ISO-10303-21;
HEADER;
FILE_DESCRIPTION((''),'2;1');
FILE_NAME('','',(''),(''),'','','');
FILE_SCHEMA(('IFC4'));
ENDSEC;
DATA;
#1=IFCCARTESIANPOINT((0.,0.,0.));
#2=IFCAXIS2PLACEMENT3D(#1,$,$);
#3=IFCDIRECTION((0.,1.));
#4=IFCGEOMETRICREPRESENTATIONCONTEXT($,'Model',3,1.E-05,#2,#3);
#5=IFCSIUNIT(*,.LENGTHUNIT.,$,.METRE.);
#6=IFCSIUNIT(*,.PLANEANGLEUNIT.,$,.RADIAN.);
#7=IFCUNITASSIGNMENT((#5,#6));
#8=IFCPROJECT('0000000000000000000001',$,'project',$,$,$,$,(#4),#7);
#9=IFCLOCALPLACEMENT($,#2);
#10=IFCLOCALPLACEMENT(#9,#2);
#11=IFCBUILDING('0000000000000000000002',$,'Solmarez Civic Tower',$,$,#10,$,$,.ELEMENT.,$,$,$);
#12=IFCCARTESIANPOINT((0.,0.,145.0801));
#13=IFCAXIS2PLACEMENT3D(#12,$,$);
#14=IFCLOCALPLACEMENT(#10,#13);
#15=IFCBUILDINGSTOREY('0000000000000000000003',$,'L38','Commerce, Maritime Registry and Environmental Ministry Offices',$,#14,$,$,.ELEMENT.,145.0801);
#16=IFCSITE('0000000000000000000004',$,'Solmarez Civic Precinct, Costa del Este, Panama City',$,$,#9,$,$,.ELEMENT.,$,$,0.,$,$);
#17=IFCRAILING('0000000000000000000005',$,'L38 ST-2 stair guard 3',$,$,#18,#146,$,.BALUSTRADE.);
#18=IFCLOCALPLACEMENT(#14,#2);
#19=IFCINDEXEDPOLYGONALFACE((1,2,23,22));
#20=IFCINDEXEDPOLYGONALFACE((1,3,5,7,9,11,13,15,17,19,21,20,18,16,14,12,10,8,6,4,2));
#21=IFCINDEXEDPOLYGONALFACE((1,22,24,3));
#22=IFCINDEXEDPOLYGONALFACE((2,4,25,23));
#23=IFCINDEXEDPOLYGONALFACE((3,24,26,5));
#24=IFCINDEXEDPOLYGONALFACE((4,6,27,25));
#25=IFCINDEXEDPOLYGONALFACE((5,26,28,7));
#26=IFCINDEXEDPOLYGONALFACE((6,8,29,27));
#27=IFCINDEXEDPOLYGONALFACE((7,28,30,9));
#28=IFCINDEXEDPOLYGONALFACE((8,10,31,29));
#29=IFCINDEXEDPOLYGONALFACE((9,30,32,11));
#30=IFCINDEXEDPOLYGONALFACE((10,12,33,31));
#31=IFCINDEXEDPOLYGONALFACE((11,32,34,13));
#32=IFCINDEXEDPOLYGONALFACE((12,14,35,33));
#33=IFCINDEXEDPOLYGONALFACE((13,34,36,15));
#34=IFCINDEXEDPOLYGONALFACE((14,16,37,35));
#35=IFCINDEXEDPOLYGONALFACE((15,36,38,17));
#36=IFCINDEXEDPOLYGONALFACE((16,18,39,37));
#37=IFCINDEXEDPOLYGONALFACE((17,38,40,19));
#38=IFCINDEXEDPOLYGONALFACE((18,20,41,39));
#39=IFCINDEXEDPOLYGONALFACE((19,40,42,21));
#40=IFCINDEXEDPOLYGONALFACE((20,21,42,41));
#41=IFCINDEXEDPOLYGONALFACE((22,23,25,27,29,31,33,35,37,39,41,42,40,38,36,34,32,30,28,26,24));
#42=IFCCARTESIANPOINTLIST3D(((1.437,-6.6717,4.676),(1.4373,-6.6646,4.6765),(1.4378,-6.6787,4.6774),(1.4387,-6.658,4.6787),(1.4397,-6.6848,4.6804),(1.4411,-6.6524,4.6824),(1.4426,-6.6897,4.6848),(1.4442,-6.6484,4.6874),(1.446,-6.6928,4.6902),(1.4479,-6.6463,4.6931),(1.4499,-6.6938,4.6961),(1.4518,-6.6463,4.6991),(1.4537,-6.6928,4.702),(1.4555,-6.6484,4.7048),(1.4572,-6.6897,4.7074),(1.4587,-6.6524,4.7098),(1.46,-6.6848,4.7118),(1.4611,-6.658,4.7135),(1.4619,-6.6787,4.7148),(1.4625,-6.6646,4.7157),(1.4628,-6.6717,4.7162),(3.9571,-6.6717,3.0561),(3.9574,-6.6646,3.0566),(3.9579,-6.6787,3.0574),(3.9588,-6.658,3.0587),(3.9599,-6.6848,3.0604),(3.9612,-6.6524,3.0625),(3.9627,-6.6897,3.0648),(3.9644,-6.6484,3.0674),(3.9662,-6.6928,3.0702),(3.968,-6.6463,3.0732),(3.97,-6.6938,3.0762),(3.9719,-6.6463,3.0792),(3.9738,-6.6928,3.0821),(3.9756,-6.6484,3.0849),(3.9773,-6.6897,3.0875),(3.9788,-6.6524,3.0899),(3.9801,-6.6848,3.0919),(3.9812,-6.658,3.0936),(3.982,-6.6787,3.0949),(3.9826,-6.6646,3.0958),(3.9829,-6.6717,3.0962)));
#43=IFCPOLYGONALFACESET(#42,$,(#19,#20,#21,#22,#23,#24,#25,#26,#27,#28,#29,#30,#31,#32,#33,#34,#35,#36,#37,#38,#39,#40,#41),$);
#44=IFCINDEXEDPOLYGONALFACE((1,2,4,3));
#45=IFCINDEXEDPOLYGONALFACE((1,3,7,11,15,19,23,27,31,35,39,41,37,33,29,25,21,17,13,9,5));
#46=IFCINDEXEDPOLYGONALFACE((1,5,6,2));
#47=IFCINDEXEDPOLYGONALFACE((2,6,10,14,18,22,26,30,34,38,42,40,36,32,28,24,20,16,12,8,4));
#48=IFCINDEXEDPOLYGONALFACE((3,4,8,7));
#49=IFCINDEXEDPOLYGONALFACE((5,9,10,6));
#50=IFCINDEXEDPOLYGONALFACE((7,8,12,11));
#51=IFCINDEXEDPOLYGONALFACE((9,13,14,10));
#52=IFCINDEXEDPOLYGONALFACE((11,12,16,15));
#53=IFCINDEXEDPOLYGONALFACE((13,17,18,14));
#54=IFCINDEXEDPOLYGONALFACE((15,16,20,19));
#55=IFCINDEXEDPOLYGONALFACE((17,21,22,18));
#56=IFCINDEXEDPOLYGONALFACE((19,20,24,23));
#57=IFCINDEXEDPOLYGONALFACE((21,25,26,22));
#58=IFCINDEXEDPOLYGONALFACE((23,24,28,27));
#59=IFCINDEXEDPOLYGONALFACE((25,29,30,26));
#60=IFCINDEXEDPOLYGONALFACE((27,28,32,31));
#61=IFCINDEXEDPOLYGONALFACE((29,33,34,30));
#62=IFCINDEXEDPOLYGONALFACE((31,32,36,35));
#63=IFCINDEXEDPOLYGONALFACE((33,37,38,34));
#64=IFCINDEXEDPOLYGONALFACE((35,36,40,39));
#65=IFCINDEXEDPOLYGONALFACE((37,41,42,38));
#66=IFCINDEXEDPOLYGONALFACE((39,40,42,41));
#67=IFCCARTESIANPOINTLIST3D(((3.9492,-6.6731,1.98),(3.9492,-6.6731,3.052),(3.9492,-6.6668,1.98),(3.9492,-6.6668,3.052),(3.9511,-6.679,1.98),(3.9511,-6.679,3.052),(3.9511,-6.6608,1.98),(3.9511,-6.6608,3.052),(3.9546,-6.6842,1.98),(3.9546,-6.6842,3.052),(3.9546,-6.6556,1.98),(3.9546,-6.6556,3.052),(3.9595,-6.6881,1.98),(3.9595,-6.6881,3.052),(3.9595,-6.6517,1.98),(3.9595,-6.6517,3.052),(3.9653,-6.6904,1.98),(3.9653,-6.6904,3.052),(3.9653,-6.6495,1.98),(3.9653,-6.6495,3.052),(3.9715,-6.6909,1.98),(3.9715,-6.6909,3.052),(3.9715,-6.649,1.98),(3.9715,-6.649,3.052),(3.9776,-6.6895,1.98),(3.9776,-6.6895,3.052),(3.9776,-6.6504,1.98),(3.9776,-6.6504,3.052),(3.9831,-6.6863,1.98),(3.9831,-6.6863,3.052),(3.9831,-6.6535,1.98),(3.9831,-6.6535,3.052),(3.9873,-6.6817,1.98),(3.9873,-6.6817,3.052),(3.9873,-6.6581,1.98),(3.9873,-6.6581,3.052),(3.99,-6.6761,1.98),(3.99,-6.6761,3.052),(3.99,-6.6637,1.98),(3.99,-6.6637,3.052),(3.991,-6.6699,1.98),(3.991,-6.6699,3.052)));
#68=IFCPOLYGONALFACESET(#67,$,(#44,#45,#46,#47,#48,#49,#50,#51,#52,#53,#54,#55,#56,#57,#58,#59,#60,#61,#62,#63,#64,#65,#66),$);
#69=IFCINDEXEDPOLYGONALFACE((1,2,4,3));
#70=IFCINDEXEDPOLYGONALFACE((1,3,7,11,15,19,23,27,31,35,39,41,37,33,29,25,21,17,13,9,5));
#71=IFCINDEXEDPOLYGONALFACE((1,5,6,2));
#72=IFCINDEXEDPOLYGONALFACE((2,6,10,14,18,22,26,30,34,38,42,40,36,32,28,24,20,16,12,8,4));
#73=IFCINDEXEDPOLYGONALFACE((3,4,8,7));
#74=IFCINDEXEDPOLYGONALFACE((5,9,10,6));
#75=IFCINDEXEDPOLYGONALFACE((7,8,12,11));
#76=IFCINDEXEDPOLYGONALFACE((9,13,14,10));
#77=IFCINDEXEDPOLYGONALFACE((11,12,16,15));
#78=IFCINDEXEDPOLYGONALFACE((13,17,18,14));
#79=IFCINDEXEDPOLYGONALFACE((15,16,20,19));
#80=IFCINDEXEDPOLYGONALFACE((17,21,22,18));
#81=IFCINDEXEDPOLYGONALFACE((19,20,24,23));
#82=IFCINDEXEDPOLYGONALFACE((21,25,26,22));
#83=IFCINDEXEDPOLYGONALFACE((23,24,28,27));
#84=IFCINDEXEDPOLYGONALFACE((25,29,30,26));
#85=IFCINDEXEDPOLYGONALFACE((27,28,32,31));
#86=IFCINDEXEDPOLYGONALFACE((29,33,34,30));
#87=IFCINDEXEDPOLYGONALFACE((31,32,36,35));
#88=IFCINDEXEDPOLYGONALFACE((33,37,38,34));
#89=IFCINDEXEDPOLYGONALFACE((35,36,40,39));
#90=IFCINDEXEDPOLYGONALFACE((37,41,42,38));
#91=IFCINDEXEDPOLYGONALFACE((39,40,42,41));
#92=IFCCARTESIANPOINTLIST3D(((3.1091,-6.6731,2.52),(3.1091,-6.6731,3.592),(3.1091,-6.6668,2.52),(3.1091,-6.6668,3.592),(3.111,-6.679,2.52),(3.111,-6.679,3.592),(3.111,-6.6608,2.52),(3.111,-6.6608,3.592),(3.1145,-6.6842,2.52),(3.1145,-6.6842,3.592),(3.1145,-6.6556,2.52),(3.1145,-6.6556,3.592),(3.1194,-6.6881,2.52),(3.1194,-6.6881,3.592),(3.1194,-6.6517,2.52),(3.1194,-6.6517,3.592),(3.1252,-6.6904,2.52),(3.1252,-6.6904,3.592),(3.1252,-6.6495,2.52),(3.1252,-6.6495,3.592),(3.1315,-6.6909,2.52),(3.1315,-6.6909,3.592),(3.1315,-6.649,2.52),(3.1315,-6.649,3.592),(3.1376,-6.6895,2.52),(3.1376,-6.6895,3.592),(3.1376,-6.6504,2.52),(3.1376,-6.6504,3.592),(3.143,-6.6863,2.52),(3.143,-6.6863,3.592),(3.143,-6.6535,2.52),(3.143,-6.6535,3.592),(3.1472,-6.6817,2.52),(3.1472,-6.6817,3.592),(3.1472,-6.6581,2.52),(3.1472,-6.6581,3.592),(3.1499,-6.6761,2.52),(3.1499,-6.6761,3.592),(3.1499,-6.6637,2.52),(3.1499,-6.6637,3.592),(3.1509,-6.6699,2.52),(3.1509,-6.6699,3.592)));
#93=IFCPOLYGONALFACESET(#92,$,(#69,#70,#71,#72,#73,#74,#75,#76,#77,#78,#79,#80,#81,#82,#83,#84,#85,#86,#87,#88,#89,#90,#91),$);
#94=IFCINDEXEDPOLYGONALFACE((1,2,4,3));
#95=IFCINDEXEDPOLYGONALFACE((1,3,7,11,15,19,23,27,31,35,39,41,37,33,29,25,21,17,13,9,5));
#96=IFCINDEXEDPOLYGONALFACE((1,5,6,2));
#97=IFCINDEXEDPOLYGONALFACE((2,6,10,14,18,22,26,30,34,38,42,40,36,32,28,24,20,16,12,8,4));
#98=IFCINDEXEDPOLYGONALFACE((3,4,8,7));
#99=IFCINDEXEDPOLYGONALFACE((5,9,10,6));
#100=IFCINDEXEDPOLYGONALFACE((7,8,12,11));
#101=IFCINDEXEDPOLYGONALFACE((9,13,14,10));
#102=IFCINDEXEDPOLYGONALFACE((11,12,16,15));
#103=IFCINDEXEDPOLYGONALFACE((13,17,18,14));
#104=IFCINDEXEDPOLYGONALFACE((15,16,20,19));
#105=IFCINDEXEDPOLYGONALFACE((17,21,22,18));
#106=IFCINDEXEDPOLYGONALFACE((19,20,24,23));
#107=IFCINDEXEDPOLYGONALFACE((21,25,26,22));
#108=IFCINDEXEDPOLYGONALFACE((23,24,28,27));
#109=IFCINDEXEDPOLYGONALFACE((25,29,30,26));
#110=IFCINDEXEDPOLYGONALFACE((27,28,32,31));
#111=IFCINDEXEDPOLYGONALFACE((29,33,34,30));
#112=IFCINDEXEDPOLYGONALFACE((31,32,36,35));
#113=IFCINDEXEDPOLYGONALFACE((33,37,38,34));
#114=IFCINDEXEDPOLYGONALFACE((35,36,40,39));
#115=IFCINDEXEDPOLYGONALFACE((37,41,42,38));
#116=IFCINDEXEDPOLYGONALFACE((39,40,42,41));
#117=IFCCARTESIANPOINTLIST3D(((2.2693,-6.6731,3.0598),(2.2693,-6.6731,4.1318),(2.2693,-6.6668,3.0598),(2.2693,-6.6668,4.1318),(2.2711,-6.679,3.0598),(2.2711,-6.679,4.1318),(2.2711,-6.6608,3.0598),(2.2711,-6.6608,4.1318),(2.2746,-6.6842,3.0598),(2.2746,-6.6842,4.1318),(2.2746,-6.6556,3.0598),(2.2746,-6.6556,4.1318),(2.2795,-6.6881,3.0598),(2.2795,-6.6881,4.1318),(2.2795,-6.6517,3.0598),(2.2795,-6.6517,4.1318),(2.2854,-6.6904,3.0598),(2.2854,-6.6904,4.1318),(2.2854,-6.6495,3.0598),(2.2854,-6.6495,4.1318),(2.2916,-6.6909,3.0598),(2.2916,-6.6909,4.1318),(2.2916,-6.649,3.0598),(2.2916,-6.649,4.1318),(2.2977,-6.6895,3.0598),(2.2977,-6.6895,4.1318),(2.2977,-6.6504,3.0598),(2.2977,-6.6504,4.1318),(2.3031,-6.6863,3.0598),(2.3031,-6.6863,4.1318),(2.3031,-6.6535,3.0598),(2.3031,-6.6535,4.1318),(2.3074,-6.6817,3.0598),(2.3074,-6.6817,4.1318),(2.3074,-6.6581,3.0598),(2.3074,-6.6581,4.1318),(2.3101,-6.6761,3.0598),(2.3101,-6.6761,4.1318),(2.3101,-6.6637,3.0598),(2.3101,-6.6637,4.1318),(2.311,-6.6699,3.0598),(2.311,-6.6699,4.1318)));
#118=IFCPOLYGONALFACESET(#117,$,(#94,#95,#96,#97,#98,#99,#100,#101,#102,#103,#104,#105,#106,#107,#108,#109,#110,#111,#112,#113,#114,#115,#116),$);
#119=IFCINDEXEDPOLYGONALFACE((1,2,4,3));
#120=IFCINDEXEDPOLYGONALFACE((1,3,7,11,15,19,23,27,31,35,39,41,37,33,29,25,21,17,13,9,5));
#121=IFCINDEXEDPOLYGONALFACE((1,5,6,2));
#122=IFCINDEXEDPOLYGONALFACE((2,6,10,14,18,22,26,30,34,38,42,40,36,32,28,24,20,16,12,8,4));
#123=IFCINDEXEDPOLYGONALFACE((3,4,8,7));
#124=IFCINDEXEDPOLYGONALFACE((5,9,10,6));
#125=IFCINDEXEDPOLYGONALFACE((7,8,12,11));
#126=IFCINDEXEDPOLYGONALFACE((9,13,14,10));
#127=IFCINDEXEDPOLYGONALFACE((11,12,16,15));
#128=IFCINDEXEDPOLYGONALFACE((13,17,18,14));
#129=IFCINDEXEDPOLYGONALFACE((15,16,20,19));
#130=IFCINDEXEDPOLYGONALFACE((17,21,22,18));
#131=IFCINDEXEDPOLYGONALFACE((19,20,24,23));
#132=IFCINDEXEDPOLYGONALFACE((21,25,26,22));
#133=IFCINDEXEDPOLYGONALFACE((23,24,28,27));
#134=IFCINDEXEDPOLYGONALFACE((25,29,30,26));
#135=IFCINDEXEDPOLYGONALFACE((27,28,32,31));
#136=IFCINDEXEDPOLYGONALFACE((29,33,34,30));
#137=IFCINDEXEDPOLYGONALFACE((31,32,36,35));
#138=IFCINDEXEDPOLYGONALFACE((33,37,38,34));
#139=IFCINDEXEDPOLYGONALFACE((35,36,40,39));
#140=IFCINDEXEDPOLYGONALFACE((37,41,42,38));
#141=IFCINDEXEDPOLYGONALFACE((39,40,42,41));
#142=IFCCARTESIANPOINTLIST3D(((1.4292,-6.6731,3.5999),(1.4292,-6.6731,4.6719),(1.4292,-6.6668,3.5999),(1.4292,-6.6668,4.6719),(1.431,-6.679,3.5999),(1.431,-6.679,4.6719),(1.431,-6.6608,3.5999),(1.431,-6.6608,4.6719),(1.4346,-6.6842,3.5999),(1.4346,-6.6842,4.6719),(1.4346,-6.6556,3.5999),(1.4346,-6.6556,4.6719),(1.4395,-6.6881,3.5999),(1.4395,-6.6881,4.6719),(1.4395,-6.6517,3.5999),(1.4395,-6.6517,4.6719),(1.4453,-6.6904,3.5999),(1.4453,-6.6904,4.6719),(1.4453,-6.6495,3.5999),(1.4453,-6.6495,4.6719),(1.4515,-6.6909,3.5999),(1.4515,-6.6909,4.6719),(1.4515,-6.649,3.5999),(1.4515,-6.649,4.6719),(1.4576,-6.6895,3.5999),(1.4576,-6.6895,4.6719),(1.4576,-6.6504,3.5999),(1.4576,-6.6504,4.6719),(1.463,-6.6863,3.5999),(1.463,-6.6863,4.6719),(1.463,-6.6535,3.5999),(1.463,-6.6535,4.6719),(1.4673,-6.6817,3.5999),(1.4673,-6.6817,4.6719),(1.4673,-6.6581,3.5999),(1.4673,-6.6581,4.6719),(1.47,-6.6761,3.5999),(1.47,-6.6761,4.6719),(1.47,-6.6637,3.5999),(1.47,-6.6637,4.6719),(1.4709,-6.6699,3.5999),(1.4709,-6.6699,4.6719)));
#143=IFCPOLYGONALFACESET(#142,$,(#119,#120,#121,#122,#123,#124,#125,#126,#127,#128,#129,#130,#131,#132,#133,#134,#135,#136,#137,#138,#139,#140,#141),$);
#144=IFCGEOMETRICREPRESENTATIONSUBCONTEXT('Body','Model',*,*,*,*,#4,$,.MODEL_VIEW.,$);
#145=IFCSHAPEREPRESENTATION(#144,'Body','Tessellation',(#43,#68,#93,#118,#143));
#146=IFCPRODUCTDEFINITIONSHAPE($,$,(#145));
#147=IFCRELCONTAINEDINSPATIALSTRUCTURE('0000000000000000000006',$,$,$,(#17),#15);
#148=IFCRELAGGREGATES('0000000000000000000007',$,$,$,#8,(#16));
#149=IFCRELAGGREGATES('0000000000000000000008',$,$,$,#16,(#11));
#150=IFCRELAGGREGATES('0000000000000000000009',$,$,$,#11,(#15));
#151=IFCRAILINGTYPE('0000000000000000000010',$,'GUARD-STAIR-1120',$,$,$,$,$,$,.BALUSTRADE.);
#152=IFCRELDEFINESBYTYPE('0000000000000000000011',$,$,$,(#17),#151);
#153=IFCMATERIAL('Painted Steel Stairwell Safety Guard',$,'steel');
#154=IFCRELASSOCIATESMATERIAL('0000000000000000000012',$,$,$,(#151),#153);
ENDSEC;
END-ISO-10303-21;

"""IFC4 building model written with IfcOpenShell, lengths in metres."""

from ifc_helpers import new_model, si_unit, direction, frame, origin, origin_2d, place, context, subcontext, project, spatial, circle, extrude, material, type_object, element, save


model = new_model("IFC4")

# Units and contexts
model_context = context("Model", 3, precision=1e-05, world=origin(), true_north=direction((0.0, 1.0)))
body_context = subcontext(model_context, "Body", "Model", "MODEL_VIEW")
ifc_project = project(units=[si_unit("LENGTHUNIT", "METRE"), si_unit("PLANEANGLEUNIT", "RADIAN")], contexts=[model_context])

# Site, building, storey
site_placement = place(None, origin())
site = spatial("IfcSite", under=ifc_project, at=site_placement, Name="Solmarez Civic Precinct, Costa del Este, Panama City", CompositionType="ELEMENT", RefElevation=0.0)
building_placement = place(site_placement, origin())
building = spatial("IfcBuilding", under=site, at=building_placement, Name="Solmarez Civic Tower", CompositionType="ELEMENT")
storey_placement = place(building_placement, frame((0.0, 0.0, 145.0801)))
storey = spatial("IfcBuildingStorey", under=building, at=storey_placement, Name="L38", Description="Commerce, Maritime Registry and Environmental Ministry Offices", CompositionType="ELEMENT", Elevation=145.0801)

# Railing
ifc_material_1 = material(Name="Painted Steel Stairwell Safety Guard", Category="steel")
railing_type_1 = type_object("IfcRailingType", Name="GUARD-STAIR-1120", PredefinedType="BALUSTRADE", material=ifc_material_1)
railing_1_placement = place(storey_placement, frame((3.97, -6.6699, 1.98)))
element("IfcRailing", 1, at=railing_1_placement, inside=storey, type_object=railing_type_1, Name="L38 ST-2 stair guard 3", PredefinedType="BALUSTRADE", context=body_context, shape_type="SweptSolid", body=[
    extrude(circle(Radius=0.0239, at=origin_2d()), frame((0.0, 0.0, 1.0962), z_axis=(-0.8412, 0.0, 0.540725), x_axis=(0.0, -1.0, 0.0)), (0.0, 0.0, 1.0), 2.9958),
    extrude(circle(Radius=0.021, at=origin_2d()), origin(), (0.0, 0.0, 1.0), 1.072),
    extrude(circle(Radius=0.021, at=origin_2d()), frame((-0.8401, 0.0, 0.54)), (0.0, 0.0, 1.0), 1.072),
    extrude(circle(Radius=0.021, at=origin_2d()), frame((-1.6799, 0.0, 1.0798)), (0.0, 0.0, 1.0), 1.072),
    extrude(circle(Radius=0.021, at=origin_2d()), frame((-2.52, 0.0, 1.6199)), (0.0, 0.0, 1.0), 1.072),
])

save(model, "model.ifc")
